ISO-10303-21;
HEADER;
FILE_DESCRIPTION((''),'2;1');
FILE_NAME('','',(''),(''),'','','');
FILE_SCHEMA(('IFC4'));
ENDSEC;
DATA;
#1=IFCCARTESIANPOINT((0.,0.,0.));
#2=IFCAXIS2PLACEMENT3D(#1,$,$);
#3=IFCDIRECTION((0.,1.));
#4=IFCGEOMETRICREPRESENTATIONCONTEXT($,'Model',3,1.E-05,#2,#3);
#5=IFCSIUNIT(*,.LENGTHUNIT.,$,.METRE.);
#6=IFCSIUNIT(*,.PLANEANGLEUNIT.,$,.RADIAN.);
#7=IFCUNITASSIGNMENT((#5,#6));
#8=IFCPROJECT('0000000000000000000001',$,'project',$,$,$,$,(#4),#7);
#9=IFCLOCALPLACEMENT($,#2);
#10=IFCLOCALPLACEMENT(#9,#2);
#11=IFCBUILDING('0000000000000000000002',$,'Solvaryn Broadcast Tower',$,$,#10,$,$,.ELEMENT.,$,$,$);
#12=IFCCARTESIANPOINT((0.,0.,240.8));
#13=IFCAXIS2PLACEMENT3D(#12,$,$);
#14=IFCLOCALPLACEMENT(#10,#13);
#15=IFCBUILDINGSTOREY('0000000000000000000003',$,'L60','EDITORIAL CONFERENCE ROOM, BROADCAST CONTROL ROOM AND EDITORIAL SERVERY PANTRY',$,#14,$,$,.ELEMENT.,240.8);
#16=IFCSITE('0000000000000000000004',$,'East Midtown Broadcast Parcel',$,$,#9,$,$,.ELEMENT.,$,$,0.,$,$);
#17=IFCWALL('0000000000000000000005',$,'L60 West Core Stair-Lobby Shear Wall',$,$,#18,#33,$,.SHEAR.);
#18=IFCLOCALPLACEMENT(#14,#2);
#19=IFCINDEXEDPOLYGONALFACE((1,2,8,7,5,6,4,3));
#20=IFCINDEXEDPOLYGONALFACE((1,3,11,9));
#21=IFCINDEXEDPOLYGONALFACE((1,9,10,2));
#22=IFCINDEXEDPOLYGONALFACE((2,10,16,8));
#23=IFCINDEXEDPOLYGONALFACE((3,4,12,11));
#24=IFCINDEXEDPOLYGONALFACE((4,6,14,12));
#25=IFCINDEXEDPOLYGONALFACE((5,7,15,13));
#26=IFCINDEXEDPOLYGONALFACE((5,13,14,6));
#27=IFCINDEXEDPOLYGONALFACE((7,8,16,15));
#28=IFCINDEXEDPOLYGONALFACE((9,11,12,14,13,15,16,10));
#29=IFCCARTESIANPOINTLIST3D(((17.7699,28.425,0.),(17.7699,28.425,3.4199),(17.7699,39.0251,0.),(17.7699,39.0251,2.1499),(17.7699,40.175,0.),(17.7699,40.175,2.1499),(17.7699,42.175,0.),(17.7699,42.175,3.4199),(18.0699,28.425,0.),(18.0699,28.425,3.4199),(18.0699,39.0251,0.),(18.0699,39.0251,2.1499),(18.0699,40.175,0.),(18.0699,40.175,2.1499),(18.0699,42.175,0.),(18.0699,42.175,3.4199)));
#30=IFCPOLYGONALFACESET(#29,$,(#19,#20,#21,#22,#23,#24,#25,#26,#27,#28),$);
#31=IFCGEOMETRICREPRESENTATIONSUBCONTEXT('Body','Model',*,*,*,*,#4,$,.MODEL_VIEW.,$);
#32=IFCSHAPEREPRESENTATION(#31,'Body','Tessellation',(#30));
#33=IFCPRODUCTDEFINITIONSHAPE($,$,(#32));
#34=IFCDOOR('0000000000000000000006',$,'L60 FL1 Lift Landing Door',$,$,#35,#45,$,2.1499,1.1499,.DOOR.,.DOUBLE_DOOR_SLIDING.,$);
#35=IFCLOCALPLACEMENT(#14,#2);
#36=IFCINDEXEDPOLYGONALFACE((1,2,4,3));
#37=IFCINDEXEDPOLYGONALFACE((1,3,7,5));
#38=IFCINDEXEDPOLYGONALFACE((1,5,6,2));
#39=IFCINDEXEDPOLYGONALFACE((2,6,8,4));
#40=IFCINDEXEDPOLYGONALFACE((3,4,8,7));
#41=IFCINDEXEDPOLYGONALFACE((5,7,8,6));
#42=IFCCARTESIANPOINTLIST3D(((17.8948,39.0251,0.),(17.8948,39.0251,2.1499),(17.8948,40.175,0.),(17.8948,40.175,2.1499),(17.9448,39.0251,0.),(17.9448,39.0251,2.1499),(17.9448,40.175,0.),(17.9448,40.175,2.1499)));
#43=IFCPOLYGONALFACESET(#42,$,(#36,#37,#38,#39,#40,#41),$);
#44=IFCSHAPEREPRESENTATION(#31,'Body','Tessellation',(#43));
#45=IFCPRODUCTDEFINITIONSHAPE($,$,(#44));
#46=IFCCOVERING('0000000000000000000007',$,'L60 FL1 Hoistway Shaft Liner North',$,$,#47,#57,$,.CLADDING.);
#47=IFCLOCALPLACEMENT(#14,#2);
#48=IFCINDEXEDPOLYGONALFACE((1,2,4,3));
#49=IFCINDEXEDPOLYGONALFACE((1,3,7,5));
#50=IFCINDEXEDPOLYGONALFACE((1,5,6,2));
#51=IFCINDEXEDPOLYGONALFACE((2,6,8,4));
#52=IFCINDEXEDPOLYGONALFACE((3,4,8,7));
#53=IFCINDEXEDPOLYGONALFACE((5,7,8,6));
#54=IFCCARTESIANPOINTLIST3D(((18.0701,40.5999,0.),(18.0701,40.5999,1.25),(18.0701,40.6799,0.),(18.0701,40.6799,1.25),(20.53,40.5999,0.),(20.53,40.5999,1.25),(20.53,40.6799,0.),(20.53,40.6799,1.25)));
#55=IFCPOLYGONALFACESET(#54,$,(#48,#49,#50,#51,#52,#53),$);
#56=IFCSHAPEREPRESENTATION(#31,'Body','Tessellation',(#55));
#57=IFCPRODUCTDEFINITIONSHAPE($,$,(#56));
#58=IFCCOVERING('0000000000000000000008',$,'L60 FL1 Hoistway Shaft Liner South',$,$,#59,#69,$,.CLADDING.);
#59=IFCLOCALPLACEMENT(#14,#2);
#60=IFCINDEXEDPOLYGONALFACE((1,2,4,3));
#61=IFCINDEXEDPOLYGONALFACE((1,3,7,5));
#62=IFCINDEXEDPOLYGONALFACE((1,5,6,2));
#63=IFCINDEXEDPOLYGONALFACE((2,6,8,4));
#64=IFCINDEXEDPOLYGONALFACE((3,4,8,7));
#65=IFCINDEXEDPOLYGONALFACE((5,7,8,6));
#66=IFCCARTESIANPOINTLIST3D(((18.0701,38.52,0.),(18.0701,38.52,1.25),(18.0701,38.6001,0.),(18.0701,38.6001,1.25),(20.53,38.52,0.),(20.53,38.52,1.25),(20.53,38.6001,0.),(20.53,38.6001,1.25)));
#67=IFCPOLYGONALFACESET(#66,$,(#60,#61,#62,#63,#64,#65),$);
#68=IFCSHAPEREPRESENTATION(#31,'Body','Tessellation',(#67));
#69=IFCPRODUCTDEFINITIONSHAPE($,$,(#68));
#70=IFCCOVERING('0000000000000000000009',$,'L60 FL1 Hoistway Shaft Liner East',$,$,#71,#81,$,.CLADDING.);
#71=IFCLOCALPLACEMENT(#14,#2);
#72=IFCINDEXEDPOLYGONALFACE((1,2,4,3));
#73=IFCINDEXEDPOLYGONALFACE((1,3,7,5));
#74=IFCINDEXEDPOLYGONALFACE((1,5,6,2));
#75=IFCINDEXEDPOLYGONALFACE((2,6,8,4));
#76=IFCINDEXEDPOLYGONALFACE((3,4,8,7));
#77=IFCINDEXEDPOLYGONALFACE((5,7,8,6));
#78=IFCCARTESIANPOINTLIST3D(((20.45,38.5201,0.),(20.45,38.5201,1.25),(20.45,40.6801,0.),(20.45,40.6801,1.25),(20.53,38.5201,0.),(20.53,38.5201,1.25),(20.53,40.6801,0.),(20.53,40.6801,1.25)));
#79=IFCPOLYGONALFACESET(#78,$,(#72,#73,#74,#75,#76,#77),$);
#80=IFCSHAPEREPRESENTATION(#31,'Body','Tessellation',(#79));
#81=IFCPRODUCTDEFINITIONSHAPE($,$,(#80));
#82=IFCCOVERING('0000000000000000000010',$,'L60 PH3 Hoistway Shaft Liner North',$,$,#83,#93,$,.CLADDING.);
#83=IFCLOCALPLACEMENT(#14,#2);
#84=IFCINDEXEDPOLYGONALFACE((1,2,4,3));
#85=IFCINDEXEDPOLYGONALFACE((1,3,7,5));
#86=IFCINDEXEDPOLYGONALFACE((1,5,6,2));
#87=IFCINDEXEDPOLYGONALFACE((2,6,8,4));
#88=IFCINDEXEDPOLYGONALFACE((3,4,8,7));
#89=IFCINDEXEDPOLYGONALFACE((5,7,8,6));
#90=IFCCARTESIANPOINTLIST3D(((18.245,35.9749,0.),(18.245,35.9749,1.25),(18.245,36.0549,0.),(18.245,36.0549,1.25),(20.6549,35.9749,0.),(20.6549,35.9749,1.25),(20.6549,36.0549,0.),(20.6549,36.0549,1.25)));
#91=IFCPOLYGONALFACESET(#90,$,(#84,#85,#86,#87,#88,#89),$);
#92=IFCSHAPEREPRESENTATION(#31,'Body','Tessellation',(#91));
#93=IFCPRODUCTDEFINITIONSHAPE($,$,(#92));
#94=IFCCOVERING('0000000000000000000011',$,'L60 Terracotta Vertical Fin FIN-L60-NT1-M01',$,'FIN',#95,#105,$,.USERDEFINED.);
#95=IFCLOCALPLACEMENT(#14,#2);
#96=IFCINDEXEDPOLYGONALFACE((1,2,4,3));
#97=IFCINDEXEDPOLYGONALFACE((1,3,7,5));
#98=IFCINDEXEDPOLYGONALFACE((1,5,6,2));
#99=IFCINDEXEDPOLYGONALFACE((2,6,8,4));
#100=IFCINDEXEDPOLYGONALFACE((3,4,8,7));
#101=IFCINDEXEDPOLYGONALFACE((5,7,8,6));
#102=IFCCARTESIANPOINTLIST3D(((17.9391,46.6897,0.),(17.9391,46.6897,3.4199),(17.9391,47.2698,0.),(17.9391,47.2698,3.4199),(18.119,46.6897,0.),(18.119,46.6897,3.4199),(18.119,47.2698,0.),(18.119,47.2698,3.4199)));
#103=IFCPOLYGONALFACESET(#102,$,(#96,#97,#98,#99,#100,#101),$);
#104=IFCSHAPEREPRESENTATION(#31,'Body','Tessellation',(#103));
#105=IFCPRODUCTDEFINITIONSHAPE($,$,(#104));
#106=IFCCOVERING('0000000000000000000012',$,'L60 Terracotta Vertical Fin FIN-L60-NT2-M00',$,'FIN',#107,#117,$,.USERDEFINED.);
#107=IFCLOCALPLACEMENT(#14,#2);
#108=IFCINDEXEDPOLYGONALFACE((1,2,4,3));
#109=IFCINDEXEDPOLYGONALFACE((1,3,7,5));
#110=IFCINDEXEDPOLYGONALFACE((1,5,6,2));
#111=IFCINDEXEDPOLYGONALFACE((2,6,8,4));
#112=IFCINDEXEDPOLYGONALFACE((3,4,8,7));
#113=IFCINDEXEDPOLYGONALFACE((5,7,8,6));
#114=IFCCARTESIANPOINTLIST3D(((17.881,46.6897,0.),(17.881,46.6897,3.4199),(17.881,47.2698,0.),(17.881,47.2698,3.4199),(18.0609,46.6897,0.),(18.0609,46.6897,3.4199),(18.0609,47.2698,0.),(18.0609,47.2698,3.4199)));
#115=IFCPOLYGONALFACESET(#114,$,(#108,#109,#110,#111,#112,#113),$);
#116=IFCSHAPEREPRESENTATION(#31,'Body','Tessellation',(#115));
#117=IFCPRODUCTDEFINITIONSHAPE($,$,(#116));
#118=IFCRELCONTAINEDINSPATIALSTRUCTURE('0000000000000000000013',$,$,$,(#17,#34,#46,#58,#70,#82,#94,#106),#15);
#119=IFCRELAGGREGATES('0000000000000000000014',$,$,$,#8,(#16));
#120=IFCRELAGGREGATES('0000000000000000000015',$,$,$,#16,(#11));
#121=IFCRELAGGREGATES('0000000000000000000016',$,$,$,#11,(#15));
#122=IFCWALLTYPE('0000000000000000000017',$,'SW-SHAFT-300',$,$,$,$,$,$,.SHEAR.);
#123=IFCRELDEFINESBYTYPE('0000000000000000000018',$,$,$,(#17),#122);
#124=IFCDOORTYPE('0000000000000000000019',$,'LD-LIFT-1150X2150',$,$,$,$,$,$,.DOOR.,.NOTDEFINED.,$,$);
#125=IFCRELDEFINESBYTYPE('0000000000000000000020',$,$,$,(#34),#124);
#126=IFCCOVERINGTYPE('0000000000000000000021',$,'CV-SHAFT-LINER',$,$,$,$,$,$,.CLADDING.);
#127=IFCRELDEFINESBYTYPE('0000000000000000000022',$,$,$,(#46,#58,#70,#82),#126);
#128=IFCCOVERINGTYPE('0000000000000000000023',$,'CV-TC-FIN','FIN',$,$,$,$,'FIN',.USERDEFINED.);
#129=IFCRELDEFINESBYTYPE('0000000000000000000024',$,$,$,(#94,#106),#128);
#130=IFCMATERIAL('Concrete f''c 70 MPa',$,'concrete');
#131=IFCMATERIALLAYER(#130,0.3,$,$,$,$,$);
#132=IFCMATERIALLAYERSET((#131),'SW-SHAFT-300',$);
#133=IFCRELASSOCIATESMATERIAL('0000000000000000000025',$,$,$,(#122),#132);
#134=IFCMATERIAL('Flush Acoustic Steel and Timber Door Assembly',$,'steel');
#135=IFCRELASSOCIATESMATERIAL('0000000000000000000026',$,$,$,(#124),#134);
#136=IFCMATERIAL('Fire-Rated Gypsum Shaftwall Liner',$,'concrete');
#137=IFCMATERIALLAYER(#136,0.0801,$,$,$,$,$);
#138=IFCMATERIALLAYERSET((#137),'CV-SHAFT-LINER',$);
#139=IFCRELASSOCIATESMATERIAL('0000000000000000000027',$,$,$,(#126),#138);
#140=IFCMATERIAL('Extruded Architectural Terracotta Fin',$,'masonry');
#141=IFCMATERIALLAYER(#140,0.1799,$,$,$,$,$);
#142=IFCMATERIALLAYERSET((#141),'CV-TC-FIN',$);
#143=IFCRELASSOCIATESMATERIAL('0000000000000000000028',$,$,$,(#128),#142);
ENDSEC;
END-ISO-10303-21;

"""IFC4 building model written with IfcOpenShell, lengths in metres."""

from ifc_helpers import new_model, si_unit, direction, frame, frame_2d, origin, origin_2d, place, context, subcontext, project, spatial, rectangle, extrude, material, layer, layer_set, type_object, element, fill, save


model = new_model("IFC4")

# Units and contexts
model_context = context("Model", 3, precision=1e-05, world=origin(), true_north=direction((0.0, 1.0)))
body_context = subcontext(model_context, "Body", "Model", "MODEL_VIEW")
ifc_project = project(units=[si_unit("LENGTHUNIT", "METRE"), si_unit("PLANEANGLEUNIT", "RADIAN")], contexts=[model_context])

# Site, building, storey
site_placement = place(None, origin())
site = spatial("IfcSite", under=ifc_project, at=site_placement, Name="East Midtown Broadcast Parcel", CompositionType="ELEMENT", RefElevation=0.0)
building_placement = place(site_placement, origin())
building = spatial("IfcBuilding", under=site, at=building_placement, Name="Solvaryn Broadcast Tower", CompositionType="ELEMENT")
storey_placement = place(building_placement, frame((0.0, 0.0, 240.8)))
storey = spatial("IfcBuildingStorey", under=building, at=storey_placement, Name="L60", Description="EDITORIAL CONFERENCE ROOM, BROADCAST CONTROL ROOM AND EDITORIAL SERVERY PANTRY", CompositionType="ELEMENT", Elevation=240.8)

# Wall, opening, door
ifc_material_1 = material(Name="Concrete f'c 70 MPa", Category="concrete")
ifc_layer_1 = layer(ifc_material_1, 0.3)
ifc_layer_set_1 = layer_set([ifc_layer_1], Name="SW-SHAFT-300")
wall_type_1 = type_object("IfcWallType", Name="SW-SHAFT-300", PredefinedType="SHEAR", material=ifc_layer_set_1)
wall_1_placement = place(storey_placement, frame((17.9199, 42.175, 0.0), z_axis=(0.0, 0.0, 1.0), x_axis=(0.0, -1.0, 0.0)))
wall_1 = element("IfcWall", 1, at=wall_1_placement, inside=storey, type_object=wall_type_1, Name="L60 West Core Stair-Lobby Shear Wall", PredefinedType="SHEAR", context=body_context, shape_type="SweptSolid", body=[
    extrude(rectangle(XDim=13.75, YDim=0.3, at=frame_2d((6.875, 0.0))), origin(), (0.0, 0.0, 1.0), 3.4199),
])
opening_1_placement = place(wall_1_placement, frame((2.0, 0.0, 0.0)))
opening_1 = element("IfcOpeningElement", 2, at=opening_1_placement, cuts=wall_1, PredefinedType="OPENING", context=body_context, shape_type="SweptSolid", body=[
    extrude(rectangle(XDim=1.1499, YDim=2.1499, at=frame_2d((0.575, 1.075))), frame((0.0, 0.1599, 0.0), z_axis=(0.0, -1.0, 0.0), x_axis=(1.0, 0.0, 0.0)), (0.0, 0.0, 1.0), 0.3201),
])
ifc_material_2 = material(Name="Flush Acoustic Steel and Timber Door Assembly", Category="steel")
door_type_1 = type_object("IfcDoorType", Name="LD-LIFT-1150X2150", OperationType="NOTDEFINED", PredefinedType="DOOR", material=ifc_material_2)
door_1_placement = place(opening_1_placement, origin())
door_1 = element("IfcDoor", 3, at=door_1_placement, inside=storey, type_object=door_type_1, Name="L60 FL1 Lift Landing Door", OperationType="DOUBLE_DOOR_SLIDING", OverallHeight=2.1499, OverallWidth=1.1499, PredefinedType="DOOR", context=body_context, shape_type="SweptSolid", body=[
    extrude(rectangle(XDim=1.1499, YDim=2.1499, at=frame_2d((0.575, 1.075))), frame((0.0, 0.0249, 0.0), z_axis=(0.0, -1.0, 0.0), x_axis=(1.0, 0.0, 0.0)), (0.0, 0.0, 1.0), 0.05),
])
fill(opening_1, door_1)

# Coverings
ifc_material_3 = material(Name="Fire-Rated Gypsum Shaftwall Liner", Category="concrete")
ifc_layer_2 = layer(ifc_material_3, 0.0801)
ifc_layer_set_2 = layer_set([ifc_layer_2], Name="CV-SHAFT-LINER")
covering_type_1 = type_object("IfcCoveringType", Name="CV-SHAFT-LINER", PredefinedType="CLADDING", material=ifc_layer_set_2)
for number, where, z_axis, x_axis, name in (
    (4, (19.3, 40.6399, 0.0), (0.0, 0.0, 1.0), (1.0, 0.0, 0.0), "L60 FL1 Hoistway Shaft Liner North"),
    (5, (19.3, 38.5601, 0.0), (0.0, 0.0, 1.0), (1.0, 0.0, 0.0), "L60 FL1 Hoistway Shaft Liner South"),
):
    element("IfcCovering", number, at=place(storey_placement, frame(where, z_axis=z_axis, x_axis=x_axis)), inside=storey, type_object=covering_type_1, Name=name, PredefinedType="CLADDING", context=body_context, shape_type="SweptSolid", body=[
        extrude(rectangle(XDim=2.46, YDim=0.0801, at=origin_2d()), origin(), (0.0, 0.0, 1.0), 1.25),
    ])
covering_1_placement = place(storey_placement, frame((20.49, 39.6001, 0.0), z_axis=(0.0, 0.0, 1.0), x_axis=(1.0, 0.0, 0.0)))
element("IfcCovering", 6, at=covering_1_placement, inside=storey, type_object=covering_type_1, Name="L60 FL1 Hoistway Shaft Liner East", PredefinedType="CLADDING", context=body_context, shape_type="SweptSolid", body=[
    extrude(rectangle(XDim=0.0801, YDim=2.1599, at=origin_2d()), origin(), (0.0, 0.0, 1.0), 1.25),
])
covering_2_placement = place(storey_placement, frame((19.45, 36.0149, 0.0), z_axis=(0.0, 0.0, 1.0), x_axis=(1.0, 0.0, 0.0)))
element("IfcCovering", 7, at=covering_2_placement, inside=storey, type_object=covering_type_1, Name="L60 PH3 Hoistway Shaft Liner North", PredefinedType="CLADDING", context=body_context, shape_type="SweptSolid", body=[
    extrude(rectangle(XDim=2.4099, YDim=0.0801, at=origin_2d()), origin(), (0.0, 0.0, 1.0), 1.25),
])
ifc_material_4 = material(Name="Extruded Architectural Terracotta Fin", Category="masonry")
ifc_layer_3 = layer(ifc_material_4, 0.1799)
ifc_layer_set_3 = layer_set([ifc_layer_3], Name="CV-TC-FIN")
covering_type_2 = type_object("IfcCoveringType", Name="CV-TC-FIN", Description="FIN", ElementType="FIN", PredefinedType="USERDEFINED", material=ifc_layer_set_3)
for number, where, z_axis, x_axis, name in (
    (8, (18.0291, 46.9797, 0.0), (0.0, 0.0, 1.0), (1.0, 0.0, 0.0), "L60 Terracotta Vertical Fin FIN-L60-NT1-M01"),
    (9, (17.9709, 46.9797, 0.0), (0.0, 0.0, 1.0), (1.0, 0.0, 0.0), "L60 Terracotta Vertical Fin FIN-L60-NT2-M00"),
):
    element("IfcCovering", number, at=place(storey_placement, frame(where, z_axis=z_axis, x_axis=x_axis)), inside=storey, type_object=covering_type_2, Name=name, ObjectType="FIN", PredefinedType="USERDEFINED", context=body_context, shape_type="SweptSolid", body=[
        extrude(rectangle(XDim=0.1799, YDim=0.5801, at=origin_2d()), origin(), (0.0, 0.0, 1.0), 3.4199),
    ])

save(model, "model.ifc")
